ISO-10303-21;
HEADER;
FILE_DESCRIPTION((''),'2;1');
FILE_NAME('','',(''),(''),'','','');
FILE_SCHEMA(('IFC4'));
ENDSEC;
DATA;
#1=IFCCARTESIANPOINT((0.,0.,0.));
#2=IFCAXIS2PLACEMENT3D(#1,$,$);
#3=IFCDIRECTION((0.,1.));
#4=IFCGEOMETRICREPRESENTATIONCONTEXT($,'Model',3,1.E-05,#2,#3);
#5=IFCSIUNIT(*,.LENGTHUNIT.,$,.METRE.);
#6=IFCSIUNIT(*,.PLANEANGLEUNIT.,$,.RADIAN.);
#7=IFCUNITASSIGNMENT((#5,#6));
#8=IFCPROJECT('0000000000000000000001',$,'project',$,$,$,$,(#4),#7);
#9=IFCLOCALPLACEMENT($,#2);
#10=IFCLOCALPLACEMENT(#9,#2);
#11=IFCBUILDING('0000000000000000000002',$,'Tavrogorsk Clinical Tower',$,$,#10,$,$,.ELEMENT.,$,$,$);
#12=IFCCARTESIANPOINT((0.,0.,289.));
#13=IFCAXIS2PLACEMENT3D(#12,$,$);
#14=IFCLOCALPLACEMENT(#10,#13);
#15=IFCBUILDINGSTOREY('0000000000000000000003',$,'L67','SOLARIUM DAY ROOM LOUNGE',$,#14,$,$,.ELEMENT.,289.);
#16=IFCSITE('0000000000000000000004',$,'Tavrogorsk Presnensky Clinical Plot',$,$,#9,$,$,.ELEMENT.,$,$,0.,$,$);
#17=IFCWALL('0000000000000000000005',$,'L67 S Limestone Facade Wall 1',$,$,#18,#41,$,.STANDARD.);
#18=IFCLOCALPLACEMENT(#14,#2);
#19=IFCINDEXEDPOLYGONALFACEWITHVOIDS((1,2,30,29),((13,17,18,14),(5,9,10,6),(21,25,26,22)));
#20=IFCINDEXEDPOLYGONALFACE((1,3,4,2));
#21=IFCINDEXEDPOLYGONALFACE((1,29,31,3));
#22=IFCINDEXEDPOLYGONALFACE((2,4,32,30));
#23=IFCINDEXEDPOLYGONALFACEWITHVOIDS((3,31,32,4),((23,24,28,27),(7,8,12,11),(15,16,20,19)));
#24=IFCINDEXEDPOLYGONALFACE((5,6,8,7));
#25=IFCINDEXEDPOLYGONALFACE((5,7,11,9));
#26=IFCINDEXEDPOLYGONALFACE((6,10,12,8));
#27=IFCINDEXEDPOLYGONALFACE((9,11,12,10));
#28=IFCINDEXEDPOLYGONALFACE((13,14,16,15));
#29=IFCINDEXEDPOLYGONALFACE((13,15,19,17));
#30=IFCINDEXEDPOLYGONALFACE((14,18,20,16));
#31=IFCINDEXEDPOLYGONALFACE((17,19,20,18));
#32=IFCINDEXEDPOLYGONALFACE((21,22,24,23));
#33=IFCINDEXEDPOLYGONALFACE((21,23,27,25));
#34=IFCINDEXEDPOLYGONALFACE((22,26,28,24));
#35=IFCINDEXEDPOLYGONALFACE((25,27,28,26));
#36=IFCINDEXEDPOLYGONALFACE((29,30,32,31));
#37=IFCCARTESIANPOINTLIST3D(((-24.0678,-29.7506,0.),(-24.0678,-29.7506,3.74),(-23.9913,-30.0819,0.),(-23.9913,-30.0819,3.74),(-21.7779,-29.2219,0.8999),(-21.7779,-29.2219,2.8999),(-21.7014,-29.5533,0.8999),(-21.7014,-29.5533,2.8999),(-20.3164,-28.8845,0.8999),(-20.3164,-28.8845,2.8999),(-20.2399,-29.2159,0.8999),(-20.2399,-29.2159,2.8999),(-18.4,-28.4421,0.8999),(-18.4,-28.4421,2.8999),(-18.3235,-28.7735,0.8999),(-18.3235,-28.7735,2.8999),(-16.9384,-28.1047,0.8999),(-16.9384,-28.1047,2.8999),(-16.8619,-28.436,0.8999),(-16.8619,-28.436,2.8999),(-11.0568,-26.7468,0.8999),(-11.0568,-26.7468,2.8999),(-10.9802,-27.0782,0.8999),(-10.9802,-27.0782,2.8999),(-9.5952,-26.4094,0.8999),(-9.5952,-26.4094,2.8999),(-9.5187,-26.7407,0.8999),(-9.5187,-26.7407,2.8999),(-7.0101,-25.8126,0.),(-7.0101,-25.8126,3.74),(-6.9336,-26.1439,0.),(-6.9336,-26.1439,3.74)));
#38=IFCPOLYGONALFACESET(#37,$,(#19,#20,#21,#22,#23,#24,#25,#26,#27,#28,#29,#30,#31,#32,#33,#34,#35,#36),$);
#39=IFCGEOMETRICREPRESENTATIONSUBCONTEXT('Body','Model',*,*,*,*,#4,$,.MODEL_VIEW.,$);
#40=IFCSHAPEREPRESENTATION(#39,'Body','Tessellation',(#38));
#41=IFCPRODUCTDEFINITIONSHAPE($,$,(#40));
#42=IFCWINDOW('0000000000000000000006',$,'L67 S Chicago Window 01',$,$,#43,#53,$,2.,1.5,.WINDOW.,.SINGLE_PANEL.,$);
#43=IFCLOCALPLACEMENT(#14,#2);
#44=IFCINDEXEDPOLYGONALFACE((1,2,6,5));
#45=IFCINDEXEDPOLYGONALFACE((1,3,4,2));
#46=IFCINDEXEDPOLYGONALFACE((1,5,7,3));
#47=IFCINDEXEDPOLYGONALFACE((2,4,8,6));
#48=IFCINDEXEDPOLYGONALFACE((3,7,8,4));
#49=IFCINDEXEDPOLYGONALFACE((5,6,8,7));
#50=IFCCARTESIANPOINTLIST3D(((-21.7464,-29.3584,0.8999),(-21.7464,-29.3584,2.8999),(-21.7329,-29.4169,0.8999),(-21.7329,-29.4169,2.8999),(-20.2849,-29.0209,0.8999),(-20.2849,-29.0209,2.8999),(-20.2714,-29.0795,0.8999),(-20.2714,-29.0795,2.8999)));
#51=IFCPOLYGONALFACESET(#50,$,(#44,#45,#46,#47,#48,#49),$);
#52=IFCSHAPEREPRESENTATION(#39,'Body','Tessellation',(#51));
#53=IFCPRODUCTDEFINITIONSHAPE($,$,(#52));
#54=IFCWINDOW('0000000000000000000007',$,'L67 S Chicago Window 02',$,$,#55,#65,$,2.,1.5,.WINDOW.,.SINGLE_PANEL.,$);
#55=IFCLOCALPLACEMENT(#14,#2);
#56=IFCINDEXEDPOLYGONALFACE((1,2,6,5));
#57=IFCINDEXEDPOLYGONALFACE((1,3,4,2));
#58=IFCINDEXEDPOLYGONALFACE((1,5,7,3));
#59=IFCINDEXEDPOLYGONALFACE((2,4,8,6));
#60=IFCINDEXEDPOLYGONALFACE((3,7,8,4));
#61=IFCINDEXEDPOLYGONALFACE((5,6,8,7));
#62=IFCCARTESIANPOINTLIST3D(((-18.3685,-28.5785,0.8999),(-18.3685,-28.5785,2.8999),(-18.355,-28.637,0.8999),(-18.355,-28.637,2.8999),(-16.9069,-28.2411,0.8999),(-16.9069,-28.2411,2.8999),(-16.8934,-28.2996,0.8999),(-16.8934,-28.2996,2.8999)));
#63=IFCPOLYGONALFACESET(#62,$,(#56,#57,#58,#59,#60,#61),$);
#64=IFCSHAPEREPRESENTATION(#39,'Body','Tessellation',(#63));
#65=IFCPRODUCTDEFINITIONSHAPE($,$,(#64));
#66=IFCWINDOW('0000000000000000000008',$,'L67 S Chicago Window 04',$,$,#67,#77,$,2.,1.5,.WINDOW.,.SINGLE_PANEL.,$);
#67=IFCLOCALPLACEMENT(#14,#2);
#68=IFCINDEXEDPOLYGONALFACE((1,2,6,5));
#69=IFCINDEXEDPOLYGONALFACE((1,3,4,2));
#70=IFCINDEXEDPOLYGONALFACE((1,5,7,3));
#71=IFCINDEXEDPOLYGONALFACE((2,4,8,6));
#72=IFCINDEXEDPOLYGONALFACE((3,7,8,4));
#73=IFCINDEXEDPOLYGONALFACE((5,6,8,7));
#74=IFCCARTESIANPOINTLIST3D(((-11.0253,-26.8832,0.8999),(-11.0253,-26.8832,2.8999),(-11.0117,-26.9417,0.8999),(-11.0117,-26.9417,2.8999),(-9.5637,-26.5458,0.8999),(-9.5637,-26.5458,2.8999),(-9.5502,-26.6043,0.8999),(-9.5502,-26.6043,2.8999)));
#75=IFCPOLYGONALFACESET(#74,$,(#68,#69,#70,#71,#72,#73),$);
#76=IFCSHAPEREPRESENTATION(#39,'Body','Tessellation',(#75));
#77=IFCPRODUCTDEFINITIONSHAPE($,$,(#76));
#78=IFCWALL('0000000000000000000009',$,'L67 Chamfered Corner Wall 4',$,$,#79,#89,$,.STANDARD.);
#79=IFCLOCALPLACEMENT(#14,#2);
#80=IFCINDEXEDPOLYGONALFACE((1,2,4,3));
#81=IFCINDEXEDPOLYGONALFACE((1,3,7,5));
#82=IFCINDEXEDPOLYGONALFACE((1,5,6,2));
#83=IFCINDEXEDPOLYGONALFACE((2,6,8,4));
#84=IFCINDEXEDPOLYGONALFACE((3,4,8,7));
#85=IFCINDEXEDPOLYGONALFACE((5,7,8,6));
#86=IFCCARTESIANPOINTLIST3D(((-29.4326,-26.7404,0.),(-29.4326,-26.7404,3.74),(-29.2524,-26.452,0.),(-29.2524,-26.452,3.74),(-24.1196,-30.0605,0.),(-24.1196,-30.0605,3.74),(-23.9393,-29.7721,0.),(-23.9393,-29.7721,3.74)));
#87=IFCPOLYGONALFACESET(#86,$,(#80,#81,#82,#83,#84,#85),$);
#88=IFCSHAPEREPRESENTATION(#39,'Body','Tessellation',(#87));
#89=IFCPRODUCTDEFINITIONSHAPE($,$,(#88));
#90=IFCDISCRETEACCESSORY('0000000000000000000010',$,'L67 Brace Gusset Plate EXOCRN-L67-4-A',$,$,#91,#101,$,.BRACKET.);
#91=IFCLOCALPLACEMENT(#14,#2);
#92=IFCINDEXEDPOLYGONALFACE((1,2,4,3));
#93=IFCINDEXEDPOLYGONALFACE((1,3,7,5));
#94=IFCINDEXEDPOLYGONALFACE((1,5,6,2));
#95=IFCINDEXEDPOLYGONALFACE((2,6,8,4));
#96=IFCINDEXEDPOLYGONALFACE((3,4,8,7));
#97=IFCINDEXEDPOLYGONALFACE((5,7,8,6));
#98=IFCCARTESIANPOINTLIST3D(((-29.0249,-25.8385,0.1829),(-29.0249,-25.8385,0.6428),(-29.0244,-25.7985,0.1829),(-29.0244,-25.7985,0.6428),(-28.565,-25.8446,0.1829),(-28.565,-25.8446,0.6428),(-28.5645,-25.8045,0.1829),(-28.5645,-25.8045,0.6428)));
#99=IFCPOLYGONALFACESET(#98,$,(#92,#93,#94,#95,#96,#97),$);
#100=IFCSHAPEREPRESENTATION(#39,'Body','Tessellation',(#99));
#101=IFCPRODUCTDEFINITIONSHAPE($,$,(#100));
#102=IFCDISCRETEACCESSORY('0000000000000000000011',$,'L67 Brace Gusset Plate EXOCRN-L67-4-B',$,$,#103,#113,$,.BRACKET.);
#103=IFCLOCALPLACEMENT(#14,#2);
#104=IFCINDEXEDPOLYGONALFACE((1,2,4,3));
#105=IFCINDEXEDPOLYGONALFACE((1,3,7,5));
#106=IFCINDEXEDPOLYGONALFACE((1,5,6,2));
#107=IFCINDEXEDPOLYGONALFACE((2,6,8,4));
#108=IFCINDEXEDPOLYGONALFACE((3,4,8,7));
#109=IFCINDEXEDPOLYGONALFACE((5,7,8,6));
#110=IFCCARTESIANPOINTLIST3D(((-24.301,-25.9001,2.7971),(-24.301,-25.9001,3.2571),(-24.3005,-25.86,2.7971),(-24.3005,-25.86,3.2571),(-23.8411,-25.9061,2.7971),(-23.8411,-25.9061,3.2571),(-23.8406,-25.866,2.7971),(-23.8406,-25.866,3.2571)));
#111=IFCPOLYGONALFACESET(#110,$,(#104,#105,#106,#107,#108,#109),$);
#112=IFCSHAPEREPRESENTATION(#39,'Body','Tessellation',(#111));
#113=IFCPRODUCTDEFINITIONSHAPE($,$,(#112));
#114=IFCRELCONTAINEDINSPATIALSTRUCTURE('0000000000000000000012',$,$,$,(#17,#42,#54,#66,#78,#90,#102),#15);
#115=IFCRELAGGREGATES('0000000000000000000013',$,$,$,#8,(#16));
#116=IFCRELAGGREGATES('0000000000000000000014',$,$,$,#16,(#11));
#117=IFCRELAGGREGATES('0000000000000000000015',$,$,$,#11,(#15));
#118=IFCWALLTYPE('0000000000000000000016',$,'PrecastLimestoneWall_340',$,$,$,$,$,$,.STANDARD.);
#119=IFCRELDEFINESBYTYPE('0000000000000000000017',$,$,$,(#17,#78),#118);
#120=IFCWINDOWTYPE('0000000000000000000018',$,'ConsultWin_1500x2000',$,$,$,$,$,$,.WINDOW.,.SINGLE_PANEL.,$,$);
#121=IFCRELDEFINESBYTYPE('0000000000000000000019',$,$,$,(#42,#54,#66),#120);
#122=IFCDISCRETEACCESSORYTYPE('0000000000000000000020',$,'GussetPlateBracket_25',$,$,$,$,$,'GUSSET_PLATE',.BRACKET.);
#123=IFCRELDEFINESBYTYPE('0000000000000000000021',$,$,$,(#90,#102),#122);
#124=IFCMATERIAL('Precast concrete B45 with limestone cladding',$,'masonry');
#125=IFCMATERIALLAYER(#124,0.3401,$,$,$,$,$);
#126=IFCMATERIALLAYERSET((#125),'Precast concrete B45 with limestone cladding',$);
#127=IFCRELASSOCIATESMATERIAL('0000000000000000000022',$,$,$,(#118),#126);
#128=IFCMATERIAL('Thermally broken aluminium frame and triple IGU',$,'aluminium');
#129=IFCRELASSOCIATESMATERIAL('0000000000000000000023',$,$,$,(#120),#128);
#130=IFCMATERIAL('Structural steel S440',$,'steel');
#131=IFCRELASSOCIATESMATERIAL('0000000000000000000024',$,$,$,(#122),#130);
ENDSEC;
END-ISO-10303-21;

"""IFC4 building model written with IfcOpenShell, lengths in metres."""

from ifc_helpers import new_model, si_unit, direction, frame, frame_2d, origin, origin_2d, place, context, subcontext, project, spatial, rectangle, extrude, material, layer, layer_set, type_object, element, fill, save


model = new_model("IFC4")

# Units and contexts
model_context = context("Model", 3, precision=1e-05, world=origin(), true_north=direction((0.0, 1.0)))
body_context = subcontext(model_context, "Body", "Model", "MODEL_VIEW")
ifc_project = project(units=[si_unit("LENGTHUNIT", "METRE"), si_unit("PLANEANGLEUNIT", "RADIAN")], contexts=[model_context])

# Site, building, storey
site_placement = place(None, origin())
site = spatial("IfcSite", under=ifc_project, at=site_placement, Name="Tavrogorsk Presnensky Clinical Plot", CompositionType="ELEMENT", RefElevation=0.0)
building_placement = place(site_placement, origin())
building = spatial("IfcBuilding", under=site, at=building_placement, Name="Tavrogorsk Clinical Tower", CompositionType="ELEMENT")
storey_placement = place(building_placement, frame((0.0, 0.0, 289.0)))
storey = spatial("IfcBuildingStorey", under=building, at=storey_placement, Name="L67", Description="SOLARIUM DAY ROOM LOUNGE", CompositionType="ELEMENT", Elevation=289.0)

# Wall, openings, windows
ifc_material_1 = material(Name="Precast concrete B45 with limestone cladding", Category="masonry")
ifc_layer_1 = layer(ifc_material_1, 0.3401)
ifc_layer_set_1 = layer_set([ifc_layer_1], Name="Precast concrete B45 with limestone cladding")
wall_type_1 = type_object("IfcWallType", Name="PrecastLimestoneWall_340", PredefinedType="STANDARD", material=ifc_layer_set_1)
wall_1_placement = place(storey_placement, frame((-24.0295, -29.9163, 0.0), z_axis=(0.0, 0.0, 1.0), x_axis=(0.974371, 0.224947, 0.0)))
wall_1 = element("IfcWall", 1, at=wall_1_placement, inside=storey, type_object=wall_type_1, Name="L67 S Limestone Facade Wall 1", PredefinedType="STANDARD", context=body_context, shape_type="SweptSolid", body=[
    extrude(rectangle(XDim=17.5063, YDim=0.3401, at=frame_2d((8.7532, 0.0))), origin(), (0.0, 0.0, 1.0), 3.74),
])
opening_1_placement = place(wall_1_placement, frame((2.3501, 0.0, 0.8999)))
opening_1 = element("IfcOpeningElement", 2, at=opening_1_placement, cuts=wall_1, PredefinedType="OPENING", context=body_context, shape_type="SweptSolid", body=[
    extrude(rectangle(XDim=1.5, YDim=2.0, at=frame_2d((0.75, 1.0))), frame((0.0, 0.1799, 0.0), z_axis=(0.0, -1.0, 0.0), x_axis=(1.0, 0.0, 0.0)), (0.0, 0.0, 1.0), 0.3601),
])
opening_2_placement = place(wall_1_placement, frame((5.8169, 0.0, 0.8999)))
opening_2 = element("IfcOpeningElement", 3, at=opening_2_placement, cuts=wall_1, PredefinedType="OPENING", context=body_context, shape_type="SweptSolid", body=[
    extrude(rectangle(XDim=1.5, YDim=2.0, at=frame_2d((0.75, 1.0))), frame((0.0, 0.1799, 0.0), z_axis=(0.0, -1.0, 0.0), x_axis=(1.0, 0.0, 0.0)), (0.0, 0.0, 1.0), 0.3601),
])
opening_3_placement = place(wall_1_placement, frame((13.3533, 0.0, 0.8999)))
opening_3 = element("IfcOpeningElement", 4, at=opening_3_placement, cuts=wall_1, PredefinedType="OPENING", context=body_context, shape_type="SweptSolid", body=[
    extrude(rectangle(XDim=1.5, YDim=2.0, at=frame_2d((0.75, 1.0))), frame((0.0, 0.1799, 0.0), z_axis=(0.0, -1.0, 0.0), x_axis=(1.0, 0.0, 0.0)), (0.0, 0.0, 1.0), 0.3601),
])
ifc_material_2 = material(Name="Thermally broken aluminium frame and triple IGU", Category="aluminium")
window_type = type_object("IfcWindowType", Name="ConsultWin_1500x2000", PartitioningType="SINGLE_PANEL", PredefinedType="WINDOW", material=ifc_material_2)
window_1_placement = place(opening_1_placement, origin())
window_1 = element("IfcWindow", 5, at=window_1_placement, inside=storey, type_object=window_type, Name="L67 S Chicago Window 01", OverallHeight=2.0, OverallWidth=1.5, PartitioningType="SINGLE_PANEL", PredefinedType="WINDOW", context=body_context, shape_type="SweptSolid", body=[
    extrude(rectangle(XDim=1.5, YDim=2.0, at=frame_2d((0.75, 1.0))), frame((0.0, 0.03, 0.0), z_axis=(0.0, -1.0, 0.0), x_axis=(1.0, 0.0, 0.0)), (0.0, 0.0, 1.0), 0.0601),
])
fill(opening_1, window_1)
window_2_placement = place(opening_2_placement, origin())
window_2 = element("IfcWindow", 6, at=window_2_placement, inside=storey, type_object=window_type, Name="L67 S Chicago Window 02", OverallHeight=2.0, OverallWidth=1.5, PartitioningType="SINGLE_PANEL", PredefinedType="WINDOW", context=body_context, shape_type="SweptSolid", body=[
    extrude(rectangle(XDim=1.5, YDim=2.0, at=frame_2d((0.75, 1.0))), frame((0.0, 0.03, 0.0), z_axis=(0.0, -1.0, 0.0), x_axis=(1.0, 0.0, 0.0)), (0.0, 0.0, 1.0), 0.0601),
])
fill(opening_2, window_2)
window_3_placement = place(opening_3_placement, origin())
window_3 = element("IfcWindow", 7, at=window_3_placement, inside=storey, type_object=window_type, Name="L67 S Chicago Window 04", OverallHeight=2.0, OverallWidth=1.5, PartitioningType="SINGLE_PANEL", PredefinedType="WINDOW", context=body_context, shape_type="SweptSolid", body=[
    extrude(rectangle(XDim=1.5, YDim=2.0, at=frame_2d((0.75, 1.0))), frame((0.0, 0.03, 0.0), z_axis=(0.0, -1.0, 0.0), x_axis=(1.0, 0.0, 0.0)), (0.0, 0.0, 1.0), 0.0601),
])
fill(opening_3, window_3)

# Wall
wall_2_placement = place(storey_placement, frame((-29.3425, -26.5962, 0.0), z_axis=(0.0, 0.0, 1.0), x_axis=(0.848038, -0.529936, 0.0)))
element("IfcWall", 8, at=wall_2_placement, inside=storey, type_object=wall_type_1, Name="L67 Chamfered Corner Wall 4", PredefinedType="STANDARD", context=body_context, shape_type="SweptSolid", body=[
    extrude(rectangle(XDim=6.2651, YDim=0.3401, at=frame_2d((3.1326, 0.0))), origin(), (0.0, 0.0, 1.0), 3.74),
])

# Discrete accessories
ifc_material_3 = material(Name="Structural steel S440", Category="steel")
discrete_accessory_type = type_object("IfcDiscreteAccessoryType", Name="GussetPlateBracket_25", ElementType="GUSSET_PLATE", PredefinedType="BRACKET", material=ifc_material_3)
for number, where, z_axis, x_axis, name in (
    (9, (-28.7947, -25.8215, 0.1829), (0.0, 0.0, 1.0), (0.999914, -0.01309, 0.0), "L67 Brace Gusset Plate EXOCRN-L67-4-A"),
    (10, (-24.0708, -25.8831, 2.7971), (0.0, 0.0, 1.0), (0.999914, -0.01309, 0.0), "L67 Brace Gusset Plate EXOCRN-L67-4-B"),
):
    element("IfcDiscreteAccessory", number, at=place(storey_placement, frame(where, z_axis=z_axis, x_axis=x_axis)), inside=storey, type_object=discrete_accessory_type, Name=name, PredefinedType="BRACKET", context=body_context, shape_type="SweptSolid", body=[
        extrude(rectangle(XDim=0.46, YDim=0.04, at=origin_2d()), origin(), (0.0, 0.0, 1.0), 0.46),
    ])

save(model, "model.ifc")
